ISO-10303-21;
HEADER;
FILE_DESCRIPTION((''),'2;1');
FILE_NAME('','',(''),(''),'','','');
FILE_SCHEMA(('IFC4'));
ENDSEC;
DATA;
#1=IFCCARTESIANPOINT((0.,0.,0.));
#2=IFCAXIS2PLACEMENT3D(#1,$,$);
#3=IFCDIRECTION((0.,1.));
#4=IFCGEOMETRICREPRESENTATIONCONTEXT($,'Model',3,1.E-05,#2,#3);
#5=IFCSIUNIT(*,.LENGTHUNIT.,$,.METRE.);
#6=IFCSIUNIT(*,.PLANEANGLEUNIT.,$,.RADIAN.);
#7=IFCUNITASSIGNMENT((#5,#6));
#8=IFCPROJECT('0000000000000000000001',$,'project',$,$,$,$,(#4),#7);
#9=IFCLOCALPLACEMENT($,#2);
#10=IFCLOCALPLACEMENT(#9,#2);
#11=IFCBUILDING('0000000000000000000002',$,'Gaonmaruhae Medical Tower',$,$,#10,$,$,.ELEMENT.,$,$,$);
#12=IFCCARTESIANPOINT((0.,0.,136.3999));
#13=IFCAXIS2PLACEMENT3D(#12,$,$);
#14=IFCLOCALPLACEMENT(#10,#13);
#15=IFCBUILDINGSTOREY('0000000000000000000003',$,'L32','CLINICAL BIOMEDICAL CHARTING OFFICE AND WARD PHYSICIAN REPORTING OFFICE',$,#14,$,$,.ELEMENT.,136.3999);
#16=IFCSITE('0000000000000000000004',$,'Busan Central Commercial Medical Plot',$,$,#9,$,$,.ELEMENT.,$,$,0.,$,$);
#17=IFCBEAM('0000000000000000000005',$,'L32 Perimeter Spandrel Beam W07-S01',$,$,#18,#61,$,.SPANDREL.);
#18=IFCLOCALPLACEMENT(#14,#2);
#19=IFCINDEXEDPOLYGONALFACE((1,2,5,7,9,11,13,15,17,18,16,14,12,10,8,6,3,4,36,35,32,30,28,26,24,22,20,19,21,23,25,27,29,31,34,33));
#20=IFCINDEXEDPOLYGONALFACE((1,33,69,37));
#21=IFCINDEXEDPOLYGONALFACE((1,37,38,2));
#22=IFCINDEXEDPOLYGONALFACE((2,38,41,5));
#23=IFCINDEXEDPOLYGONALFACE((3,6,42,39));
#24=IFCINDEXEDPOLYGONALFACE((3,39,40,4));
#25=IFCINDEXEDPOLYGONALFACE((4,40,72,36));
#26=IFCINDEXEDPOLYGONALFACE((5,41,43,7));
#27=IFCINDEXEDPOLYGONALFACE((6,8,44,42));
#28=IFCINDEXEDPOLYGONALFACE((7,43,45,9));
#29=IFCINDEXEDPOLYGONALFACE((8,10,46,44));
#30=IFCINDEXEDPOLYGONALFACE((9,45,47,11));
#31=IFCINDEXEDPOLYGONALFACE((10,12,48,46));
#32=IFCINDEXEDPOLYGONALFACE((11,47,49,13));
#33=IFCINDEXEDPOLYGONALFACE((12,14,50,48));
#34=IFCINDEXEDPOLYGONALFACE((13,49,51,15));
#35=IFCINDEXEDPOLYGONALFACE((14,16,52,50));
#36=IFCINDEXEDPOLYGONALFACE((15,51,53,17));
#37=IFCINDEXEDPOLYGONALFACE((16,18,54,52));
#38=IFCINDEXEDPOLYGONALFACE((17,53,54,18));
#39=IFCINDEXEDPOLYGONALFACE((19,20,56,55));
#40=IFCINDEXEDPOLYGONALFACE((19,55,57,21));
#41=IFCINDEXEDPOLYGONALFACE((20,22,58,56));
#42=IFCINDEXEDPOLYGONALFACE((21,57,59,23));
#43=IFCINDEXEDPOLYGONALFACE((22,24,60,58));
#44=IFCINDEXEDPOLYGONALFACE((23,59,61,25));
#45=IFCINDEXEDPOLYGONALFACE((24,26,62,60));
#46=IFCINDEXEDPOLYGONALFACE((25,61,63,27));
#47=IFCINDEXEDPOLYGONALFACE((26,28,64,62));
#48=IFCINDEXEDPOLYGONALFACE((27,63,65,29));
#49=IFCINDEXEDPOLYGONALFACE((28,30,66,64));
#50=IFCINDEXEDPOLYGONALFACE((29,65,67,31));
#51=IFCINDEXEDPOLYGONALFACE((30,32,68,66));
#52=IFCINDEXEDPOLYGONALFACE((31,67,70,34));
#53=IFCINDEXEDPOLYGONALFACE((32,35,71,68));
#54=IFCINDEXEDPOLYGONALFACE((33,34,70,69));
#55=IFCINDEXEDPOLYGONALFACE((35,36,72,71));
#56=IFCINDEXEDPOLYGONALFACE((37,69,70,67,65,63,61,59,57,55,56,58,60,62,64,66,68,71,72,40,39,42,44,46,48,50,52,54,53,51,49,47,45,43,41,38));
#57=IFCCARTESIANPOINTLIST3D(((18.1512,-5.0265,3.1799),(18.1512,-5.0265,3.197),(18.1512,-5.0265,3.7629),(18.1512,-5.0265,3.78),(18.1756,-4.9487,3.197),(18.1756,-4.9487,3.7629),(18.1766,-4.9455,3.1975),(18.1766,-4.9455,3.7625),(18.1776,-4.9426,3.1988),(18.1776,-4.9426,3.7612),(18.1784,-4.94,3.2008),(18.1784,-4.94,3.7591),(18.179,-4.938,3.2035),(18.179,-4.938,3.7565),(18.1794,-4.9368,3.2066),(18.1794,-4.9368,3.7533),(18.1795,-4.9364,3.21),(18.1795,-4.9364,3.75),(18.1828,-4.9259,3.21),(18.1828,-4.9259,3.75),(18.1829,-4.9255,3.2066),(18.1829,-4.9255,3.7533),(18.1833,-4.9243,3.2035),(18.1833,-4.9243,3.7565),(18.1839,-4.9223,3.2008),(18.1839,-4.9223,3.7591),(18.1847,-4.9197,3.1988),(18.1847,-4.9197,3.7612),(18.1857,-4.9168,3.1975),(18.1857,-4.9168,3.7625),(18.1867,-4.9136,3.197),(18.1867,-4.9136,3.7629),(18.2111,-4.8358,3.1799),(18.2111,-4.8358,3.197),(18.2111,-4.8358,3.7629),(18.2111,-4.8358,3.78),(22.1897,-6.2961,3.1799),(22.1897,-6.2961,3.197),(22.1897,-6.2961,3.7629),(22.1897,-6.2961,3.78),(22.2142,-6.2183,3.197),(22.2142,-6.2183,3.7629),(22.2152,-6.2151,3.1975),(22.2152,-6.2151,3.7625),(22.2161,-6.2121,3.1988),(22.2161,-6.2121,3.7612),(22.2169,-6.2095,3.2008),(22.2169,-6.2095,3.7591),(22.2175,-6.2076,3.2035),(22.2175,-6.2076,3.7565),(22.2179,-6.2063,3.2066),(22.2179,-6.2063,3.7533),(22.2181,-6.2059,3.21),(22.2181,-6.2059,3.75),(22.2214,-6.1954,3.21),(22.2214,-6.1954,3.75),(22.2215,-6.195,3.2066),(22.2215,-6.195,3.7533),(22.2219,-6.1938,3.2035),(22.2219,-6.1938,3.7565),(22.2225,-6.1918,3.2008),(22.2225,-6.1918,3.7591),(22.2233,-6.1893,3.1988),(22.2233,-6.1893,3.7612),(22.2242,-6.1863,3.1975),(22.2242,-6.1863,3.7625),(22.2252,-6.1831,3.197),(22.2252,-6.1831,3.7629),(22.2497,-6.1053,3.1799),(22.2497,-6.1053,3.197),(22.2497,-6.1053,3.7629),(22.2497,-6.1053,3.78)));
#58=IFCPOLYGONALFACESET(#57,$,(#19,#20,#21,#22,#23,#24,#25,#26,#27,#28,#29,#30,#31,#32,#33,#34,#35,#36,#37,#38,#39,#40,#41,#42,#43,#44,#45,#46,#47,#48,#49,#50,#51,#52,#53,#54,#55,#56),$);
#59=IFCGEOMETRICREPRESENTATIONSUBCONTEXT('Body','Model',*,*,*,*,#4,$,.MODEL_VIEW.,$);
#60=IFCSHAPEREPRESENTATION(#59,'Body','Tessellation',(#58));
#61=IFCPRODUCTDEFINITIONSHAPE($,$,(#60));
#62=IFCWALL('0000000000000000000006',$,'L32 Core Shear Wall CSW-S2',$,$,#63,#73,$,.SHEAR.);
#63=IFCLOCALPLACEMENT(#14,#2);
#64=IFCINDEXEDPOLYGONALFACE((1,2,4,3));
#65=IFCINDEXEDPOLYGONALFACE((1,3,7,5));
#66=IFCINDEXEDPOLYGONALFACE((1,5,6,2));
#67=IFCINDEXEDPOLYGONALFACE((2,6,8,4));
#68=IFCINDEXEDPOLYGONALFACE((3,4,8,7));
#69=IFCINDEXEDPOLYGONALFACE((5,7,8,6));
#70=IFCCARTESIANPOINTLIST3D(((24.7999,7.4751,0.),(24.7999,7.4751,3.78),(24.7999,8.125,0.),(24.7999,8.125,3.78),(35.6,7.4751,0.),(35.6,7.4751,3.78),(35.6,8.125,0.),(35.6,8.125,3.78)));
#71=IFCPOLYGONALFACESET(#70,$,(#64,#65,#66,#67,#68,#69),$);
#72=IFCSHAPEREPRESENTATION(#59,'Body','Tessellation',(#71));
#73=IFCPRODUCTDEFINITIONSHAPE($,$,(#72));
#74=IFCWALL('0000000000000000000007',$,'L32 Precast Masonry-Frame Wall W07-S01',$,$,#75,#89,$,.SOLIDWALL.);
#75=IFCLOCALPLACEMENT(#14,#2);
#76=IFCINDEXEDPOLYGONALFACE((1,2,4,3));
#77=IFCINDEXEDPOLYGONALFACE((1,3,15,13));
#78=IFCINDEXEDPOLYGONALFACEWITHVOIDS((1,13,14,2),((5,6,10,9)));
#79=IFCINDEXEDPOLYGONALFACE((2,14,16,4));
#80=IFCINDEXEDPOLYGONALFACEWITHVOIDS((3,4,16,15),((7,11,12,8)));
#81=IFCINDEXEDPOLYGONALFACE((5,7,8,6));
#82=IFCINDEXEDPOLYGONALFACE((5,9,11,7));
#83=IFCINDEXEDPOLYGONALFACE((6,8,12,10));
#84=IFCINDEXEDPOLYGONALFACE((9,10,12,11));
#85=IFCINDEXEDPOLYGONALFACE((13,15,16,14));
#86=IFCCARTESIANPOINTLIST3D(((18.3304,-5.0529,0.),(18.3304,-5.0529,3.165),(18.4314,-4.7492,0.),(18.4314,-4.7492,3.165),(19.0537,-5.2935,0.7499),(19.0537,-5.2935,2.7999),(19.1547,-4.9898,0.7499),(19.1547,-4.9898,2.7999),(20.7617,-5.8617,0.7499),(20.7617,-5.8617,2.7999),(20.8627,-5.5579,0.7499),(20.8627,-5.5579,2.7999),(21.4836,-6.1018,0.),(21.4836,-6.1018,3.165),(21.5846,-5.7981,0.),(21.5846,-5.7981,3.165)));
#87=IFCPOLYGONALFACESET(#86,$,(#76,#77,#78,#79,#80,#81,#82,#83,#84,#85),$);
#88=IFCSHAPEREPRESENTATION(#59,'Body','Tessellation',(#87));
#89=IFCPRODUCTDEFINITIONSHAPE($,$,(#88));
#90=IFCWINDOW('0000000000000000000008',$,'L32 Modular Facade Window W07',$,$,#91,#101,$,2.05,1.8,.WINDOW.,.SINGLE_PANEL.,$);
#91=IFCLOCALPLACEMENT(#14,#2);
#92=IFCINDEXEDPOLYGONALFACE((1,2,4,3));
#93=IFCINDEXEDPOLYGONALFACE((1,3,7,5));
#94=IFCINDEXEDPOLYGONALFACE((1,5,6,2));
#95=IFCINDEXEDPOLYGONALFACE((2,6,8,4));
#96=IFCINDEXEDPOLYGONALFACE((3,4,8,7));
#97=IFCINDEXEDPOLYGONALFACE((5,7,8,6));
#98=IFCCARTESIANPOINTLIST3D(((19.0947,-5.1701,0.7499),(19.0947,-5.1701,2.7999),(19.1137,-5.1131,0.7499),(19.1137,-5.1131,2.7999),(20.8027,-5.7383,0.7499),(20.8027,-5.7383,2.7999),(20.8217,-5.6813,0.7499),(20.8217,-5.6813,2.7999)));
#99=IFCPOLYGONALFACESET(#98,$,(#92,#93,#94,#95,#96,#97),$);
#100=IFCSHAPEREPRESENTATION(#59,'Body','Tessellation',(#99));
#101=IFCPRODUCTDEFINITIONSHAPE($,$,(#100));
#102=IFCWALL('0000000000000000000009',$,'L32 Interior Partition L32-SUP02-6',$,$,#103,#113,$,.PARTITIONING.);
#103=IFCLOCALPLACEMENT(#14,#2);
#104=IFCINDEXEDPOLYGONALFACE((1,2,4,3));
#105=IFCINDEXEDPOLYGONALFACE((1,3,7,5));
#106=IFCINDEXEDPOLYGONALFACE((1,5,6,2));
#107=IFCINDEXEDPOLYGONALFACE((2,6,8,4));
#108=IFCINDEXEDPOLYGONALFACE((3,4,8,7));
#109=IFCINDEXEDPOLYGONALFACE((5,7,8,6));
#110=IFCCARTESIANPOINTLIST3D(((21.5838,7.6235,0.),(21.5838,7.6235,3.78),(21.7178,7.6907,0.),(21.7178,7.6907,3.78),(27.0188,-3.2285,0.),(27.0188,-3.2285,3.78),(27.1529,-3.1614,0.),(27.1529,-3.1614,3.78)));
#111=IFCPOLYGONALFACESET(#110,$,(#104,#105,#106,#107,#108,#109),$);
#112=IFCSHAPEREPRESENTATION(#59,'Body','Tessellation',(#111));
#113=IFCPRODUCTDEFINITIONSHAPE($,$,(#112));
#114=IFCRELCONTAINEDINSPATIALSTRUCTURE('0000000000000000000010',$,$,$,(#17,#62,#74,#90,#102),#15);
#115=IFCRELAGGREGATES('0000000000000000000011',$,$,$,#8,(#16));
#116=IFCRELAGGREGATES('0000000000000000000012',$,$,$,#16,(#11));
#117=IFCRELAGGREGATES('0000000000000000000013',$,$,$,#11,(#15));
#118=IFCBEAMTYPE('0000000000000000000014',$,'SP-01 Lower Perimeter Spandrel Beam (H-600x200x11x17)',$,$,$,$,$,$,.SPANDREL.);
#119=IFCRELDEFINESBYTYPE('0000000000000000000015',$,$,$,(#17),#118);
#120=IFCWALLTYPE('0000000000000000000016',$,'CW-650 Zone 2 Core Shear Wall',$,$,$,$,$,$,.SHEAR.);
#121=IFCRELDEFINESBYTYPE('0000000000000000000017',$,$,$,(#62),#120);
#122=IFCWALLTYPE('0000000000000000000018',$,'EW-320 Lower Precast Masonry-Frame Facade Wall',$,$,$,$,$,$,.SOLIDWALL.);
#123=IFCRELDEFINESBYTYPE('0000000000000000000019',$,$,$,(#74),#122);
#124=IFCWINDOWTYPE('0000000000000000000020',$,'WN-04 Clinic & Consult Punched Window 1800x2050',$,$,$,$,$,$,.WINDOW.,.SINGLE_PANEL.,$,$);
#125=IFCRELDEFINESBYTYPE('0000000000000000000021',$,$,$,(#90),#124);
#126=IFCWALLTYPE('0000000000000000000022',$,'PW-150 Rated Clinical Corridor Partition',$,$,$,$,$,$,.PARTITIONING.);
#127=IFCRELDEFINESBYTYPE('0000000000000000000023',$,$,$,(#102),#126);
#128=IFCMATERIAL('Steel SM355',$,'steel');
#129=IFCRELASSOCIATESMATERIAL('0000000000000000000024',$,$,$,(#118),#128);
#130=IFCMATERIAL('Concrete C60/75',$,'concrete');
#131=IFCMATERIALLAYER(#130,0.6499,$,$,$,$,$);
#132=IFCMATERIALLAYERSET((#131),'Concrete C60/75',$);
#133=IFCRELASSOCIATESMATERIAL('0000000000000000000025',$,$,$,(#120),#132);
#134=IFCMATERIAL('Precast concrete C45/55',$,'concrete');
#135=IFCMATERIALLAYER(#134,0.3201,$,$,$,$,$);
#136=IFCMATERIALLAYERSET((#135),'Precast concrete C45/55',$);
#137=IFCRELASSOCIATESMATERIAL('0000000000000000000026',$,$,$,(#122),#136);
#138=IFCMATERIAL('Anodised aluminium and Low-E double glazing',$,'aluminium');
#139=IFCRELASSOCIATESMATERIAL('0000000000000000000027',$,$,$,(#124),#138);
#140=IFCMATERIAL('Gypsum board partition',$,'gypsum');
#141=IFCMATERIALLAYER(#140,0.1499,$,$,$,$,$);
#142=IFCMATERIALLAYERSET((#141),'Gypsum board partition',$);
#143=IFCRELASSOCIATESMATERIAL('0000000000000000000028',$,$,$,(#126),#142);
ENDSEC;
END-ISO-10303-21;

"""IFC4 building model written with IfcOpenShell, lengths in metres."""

from ifc_helpers import new_model, si_unit, direction, frame, frame_2d, origin, origin_2d, place, context, subcontext, project, spatial, rectangle, i_section, extrude, material, layer, layer_set, material_profile, profile_set, type_object, element, fill, save


model = new_model("IFC4")

# Units and contexts
model_context = context("Model", 3, precision=1e-05, world=origin(), true_north=direction((0.0, 1.0)))
body_context = subcontext(model_context, "Body", "Model", "MODEL_VIEW")
ifc_project = project(units=[si_unit("LENGTHUNIT", "METRE"), si_unit("PLANEANGLEUNIT", "RADIAN")], contexts=[model_context])

# Site, building, storey
site_placement = place(None, origin())
site = spatial("IfcSite", under=ifc_project, at=site_placement, Name="Busan Central Commercial Medical Plot", CompositionType="ELEMENT", RefElevation=0.0)
building_placement = place(site_placement, origin())
building = spatial("IfcBuilding", under=site, at=building_placement, Name="Gaonmaruhae Medical Tower", CompositionType="ELEMENT")
storey_placement = place(building_placement, frame((0.0, 0.0, 136.3999)))
storey = spatial("IfcBuildingStorey", under=building, at=storey_placement, Name="L32", Description="CLINICAL BIOMEDICAL CHARTING OFFICE AND WARD PHYSICIAN REPORTING OFFICE", CompositionType="ELEMENT", Elevation=136.3999)

# Shared definitions
ifc_material_1 = material(Name="Concrete C60/75", Category="concrete")

# Beam
ifc_material_2 = material(Name="Steel SM355", Category="steel")
ifc_material_profile_1 = material_profile(ifc_material_2, i_section(OverallWidth=0.2, OverallDepth=0.6001, WebThickness=0.011, FlangeThickness=0.0171, FilletRadius=0.0129, at=origin_2d()), Name="H-600x200x11x17")
ifc_profile_set_1 = profile_set([ifc_material_profile_1], Name="Steel SM355")
beam_type_1 = type_object("IfcBeamType", Name="SP-01 Lower Perimeter Spandrel Beam (H-600x200x11x17)", PredefinedType="SPANDREL", material=ifc_profile_set_1)
beam_1_placement = place(storey_placement, frame((18.1812, -4.9312, 3.48), z_axis=(0.953976, -0.299884, 0.0), x_axis=(0.299884, 0.953976, 0.0)))
element("IfcBeam", 1, at=beam_1_placement, inside=storey, type_object=beam_type_1, Name="L32 Perimeter Spandrel Beam W07-S01", PredefinedType="SPANDREL", context=body_context, shape_type="SweptSolid", body=[
    extrude(i_section(OverallWidth=0.2, OverallDepth=0.6001, WebThickness=0.011, FlangeThickness=0.0171, FilletRadius=0.0129, at=origin_2d()), origin(), (0.0, 0.0, 1.0), 4.2334),
])

# Wall
ifc_layer_1 = layer(ifc_material_1, 0.6499)
ifc_layer_set_1 = layer_set([ifc_layer_1], Name="Concrete C60/75")
wall_type_1 = type_object("IfcWallType", Name="CW-650 Zone 2 Core Shear Wall", PredefinedType="SHEAR", material=ifc_layer_set_1)
wall_1_placement = place(storey_placement, frame((24.8, 7.8, 0.0), z_axis=(0.0, 0.0, 1.0), x_axis=(1.0, 0.0, 0.0)))
element("IfcWall", 2, at=wall_1_placement, inside=storey, type_object=wall_type_1, Name="L32 Core Shear Wall CSW-S2", PredefinedType="SHEAR", context=body_context, shape_type="SweptSolid", body=[
    extrude(rectangle(XDim=10.8, YDim=0.6499, at=frame_2d((5.3999, 0.0))), origin(), (0.0, 0.0, 1.0), 3.78),
])

# Wall, opening, window
ifc_material_3 = material(Name="Precast concrete C45/55", Category="concrete")
ifc_layer_2 = layer(ifc_material_3, 0.3201)
ifc_layer_set_2 = layer_set([ifc_layer_2], Name="Precast concrete C45/55")
wall_type_2 = type_object("IfcWallType", Name="EW-320 Lower Precast Masonry-Frame Facade Wall", PredefinedType="SOLIDWALL", material=ifc_layer_set_2)
wall_2_placement = place(storey_placement, frame((21.5342, -5.95, 0.0), z_axis=(0.0, 0.0, 1.0), x_axis=(-0.948881, 0.315633, 0.0)))
wall_2 = element("IfcWall", 3, at=wall_2_placement, inside=storey, type_object=wall_type_2, Name="L32 Precast Masonry-Frame Wall W07-S01", PredefinedType="SOLIDWALL", context=body_context, shape_type="SweptSolid", body=[
    extrude(rectangle(XDim=3.323, YDim=0.3201, at=frame_2d((1.6616, 0.0))), origin(), (0.0, 0.0, 1.0), 3.165),
])
opening_1_placement = place(wall_2_placement, frame((0.761, 0.0, 0.75)))
opening_1 = element("IfcOpeningElement", 4, at=opening_1_placement, cuts=wall_2, PredefinedType="OPENING", context=body_context, shape_type="SweptSolid", body=[
    extrude(rectangle(XDim=1.8, YDim=2.05, at=frame_2d((0.8999, 1.0249))), frame((0.0, 0.1699, 0.0), z_axis=(0.0, -1.0, 0.0), x_axis=(1.0, 0.0, 0.0)), (0.0, 0.0, 1.0), 0.3401),
])
ifc_material_4 = material(Name="Anodised aluminium and Low-E double glazing", Category="aluminium")
window_type = type_object("IfcWindowType", Name="WN-04 Clinic & Consult Punched Window 1800x2050", PartitioningType="SINGLE_PANEL", PredefinedType="WINDOW", material=ifc_material_4)
window_placement = place(opening_1_placement, origin())
window = element("IfcWindow", 5, at=window_placement, inside=storey, type_object=window_type, Name="L32 Modular Facade Window W07", OverallHeight=2.05, OverallWidth=1.8, PartitioningType="SINGLE_PANEL", PredefinedType="WINDOW", context=body_context, shape_type="SweptSolid", body=[
    extrude(rectangle(XDim=1.8, YDim=2.05, at=frame_2d((0.8999, 1.0249))), frame((0.0, 0.03, 0.0), z_axis=(0.0, -1.0, 0.0), x_axis=(1.0, 0.0, 0.0)), (0.0, 0.0, 1.0), 0.0601),
])
fill(opening_1, window)

# Wall
ifc_material_5 = material(Name="Gypsum board partition", Category="gypsum")
ifc_layer_3 = layer(ifc_material_5, 0.1499)
ifc_layer_set_3 = layer_set([ifc_layer_3], Name="Gypsum board partition")
wall_type_3 = type_object("IfcWallType", Name="PW-150 Rated Clinical Corridor Partition", PredefinedType="PARTITIONING", material=ifc_layer_set_3)
wall_3_placement = place(storey_placement, frame((21.6509, 7.657, 0.0), z_axis=(0.0, 0.0, 1.0), x_axis=(0.447809, -0.894129, 0.0)))
element("IfcWall", 6, at=wall_3_placement, inside=storey, type_object=wall_type_3, Name="L32 Interior Partition L32-SUP02-6", PredefinedType="PARTITIONING", context=body_context, shape_type="SweptSolid", body=[
    extrude(rectangle(XDim=12.137, YDim=0.1499, at=frame_2d((6.0684, 0.0))), origin(), (0.0, 0.0, 1.0), 3.78),
])

save(model, "model.ifc")
